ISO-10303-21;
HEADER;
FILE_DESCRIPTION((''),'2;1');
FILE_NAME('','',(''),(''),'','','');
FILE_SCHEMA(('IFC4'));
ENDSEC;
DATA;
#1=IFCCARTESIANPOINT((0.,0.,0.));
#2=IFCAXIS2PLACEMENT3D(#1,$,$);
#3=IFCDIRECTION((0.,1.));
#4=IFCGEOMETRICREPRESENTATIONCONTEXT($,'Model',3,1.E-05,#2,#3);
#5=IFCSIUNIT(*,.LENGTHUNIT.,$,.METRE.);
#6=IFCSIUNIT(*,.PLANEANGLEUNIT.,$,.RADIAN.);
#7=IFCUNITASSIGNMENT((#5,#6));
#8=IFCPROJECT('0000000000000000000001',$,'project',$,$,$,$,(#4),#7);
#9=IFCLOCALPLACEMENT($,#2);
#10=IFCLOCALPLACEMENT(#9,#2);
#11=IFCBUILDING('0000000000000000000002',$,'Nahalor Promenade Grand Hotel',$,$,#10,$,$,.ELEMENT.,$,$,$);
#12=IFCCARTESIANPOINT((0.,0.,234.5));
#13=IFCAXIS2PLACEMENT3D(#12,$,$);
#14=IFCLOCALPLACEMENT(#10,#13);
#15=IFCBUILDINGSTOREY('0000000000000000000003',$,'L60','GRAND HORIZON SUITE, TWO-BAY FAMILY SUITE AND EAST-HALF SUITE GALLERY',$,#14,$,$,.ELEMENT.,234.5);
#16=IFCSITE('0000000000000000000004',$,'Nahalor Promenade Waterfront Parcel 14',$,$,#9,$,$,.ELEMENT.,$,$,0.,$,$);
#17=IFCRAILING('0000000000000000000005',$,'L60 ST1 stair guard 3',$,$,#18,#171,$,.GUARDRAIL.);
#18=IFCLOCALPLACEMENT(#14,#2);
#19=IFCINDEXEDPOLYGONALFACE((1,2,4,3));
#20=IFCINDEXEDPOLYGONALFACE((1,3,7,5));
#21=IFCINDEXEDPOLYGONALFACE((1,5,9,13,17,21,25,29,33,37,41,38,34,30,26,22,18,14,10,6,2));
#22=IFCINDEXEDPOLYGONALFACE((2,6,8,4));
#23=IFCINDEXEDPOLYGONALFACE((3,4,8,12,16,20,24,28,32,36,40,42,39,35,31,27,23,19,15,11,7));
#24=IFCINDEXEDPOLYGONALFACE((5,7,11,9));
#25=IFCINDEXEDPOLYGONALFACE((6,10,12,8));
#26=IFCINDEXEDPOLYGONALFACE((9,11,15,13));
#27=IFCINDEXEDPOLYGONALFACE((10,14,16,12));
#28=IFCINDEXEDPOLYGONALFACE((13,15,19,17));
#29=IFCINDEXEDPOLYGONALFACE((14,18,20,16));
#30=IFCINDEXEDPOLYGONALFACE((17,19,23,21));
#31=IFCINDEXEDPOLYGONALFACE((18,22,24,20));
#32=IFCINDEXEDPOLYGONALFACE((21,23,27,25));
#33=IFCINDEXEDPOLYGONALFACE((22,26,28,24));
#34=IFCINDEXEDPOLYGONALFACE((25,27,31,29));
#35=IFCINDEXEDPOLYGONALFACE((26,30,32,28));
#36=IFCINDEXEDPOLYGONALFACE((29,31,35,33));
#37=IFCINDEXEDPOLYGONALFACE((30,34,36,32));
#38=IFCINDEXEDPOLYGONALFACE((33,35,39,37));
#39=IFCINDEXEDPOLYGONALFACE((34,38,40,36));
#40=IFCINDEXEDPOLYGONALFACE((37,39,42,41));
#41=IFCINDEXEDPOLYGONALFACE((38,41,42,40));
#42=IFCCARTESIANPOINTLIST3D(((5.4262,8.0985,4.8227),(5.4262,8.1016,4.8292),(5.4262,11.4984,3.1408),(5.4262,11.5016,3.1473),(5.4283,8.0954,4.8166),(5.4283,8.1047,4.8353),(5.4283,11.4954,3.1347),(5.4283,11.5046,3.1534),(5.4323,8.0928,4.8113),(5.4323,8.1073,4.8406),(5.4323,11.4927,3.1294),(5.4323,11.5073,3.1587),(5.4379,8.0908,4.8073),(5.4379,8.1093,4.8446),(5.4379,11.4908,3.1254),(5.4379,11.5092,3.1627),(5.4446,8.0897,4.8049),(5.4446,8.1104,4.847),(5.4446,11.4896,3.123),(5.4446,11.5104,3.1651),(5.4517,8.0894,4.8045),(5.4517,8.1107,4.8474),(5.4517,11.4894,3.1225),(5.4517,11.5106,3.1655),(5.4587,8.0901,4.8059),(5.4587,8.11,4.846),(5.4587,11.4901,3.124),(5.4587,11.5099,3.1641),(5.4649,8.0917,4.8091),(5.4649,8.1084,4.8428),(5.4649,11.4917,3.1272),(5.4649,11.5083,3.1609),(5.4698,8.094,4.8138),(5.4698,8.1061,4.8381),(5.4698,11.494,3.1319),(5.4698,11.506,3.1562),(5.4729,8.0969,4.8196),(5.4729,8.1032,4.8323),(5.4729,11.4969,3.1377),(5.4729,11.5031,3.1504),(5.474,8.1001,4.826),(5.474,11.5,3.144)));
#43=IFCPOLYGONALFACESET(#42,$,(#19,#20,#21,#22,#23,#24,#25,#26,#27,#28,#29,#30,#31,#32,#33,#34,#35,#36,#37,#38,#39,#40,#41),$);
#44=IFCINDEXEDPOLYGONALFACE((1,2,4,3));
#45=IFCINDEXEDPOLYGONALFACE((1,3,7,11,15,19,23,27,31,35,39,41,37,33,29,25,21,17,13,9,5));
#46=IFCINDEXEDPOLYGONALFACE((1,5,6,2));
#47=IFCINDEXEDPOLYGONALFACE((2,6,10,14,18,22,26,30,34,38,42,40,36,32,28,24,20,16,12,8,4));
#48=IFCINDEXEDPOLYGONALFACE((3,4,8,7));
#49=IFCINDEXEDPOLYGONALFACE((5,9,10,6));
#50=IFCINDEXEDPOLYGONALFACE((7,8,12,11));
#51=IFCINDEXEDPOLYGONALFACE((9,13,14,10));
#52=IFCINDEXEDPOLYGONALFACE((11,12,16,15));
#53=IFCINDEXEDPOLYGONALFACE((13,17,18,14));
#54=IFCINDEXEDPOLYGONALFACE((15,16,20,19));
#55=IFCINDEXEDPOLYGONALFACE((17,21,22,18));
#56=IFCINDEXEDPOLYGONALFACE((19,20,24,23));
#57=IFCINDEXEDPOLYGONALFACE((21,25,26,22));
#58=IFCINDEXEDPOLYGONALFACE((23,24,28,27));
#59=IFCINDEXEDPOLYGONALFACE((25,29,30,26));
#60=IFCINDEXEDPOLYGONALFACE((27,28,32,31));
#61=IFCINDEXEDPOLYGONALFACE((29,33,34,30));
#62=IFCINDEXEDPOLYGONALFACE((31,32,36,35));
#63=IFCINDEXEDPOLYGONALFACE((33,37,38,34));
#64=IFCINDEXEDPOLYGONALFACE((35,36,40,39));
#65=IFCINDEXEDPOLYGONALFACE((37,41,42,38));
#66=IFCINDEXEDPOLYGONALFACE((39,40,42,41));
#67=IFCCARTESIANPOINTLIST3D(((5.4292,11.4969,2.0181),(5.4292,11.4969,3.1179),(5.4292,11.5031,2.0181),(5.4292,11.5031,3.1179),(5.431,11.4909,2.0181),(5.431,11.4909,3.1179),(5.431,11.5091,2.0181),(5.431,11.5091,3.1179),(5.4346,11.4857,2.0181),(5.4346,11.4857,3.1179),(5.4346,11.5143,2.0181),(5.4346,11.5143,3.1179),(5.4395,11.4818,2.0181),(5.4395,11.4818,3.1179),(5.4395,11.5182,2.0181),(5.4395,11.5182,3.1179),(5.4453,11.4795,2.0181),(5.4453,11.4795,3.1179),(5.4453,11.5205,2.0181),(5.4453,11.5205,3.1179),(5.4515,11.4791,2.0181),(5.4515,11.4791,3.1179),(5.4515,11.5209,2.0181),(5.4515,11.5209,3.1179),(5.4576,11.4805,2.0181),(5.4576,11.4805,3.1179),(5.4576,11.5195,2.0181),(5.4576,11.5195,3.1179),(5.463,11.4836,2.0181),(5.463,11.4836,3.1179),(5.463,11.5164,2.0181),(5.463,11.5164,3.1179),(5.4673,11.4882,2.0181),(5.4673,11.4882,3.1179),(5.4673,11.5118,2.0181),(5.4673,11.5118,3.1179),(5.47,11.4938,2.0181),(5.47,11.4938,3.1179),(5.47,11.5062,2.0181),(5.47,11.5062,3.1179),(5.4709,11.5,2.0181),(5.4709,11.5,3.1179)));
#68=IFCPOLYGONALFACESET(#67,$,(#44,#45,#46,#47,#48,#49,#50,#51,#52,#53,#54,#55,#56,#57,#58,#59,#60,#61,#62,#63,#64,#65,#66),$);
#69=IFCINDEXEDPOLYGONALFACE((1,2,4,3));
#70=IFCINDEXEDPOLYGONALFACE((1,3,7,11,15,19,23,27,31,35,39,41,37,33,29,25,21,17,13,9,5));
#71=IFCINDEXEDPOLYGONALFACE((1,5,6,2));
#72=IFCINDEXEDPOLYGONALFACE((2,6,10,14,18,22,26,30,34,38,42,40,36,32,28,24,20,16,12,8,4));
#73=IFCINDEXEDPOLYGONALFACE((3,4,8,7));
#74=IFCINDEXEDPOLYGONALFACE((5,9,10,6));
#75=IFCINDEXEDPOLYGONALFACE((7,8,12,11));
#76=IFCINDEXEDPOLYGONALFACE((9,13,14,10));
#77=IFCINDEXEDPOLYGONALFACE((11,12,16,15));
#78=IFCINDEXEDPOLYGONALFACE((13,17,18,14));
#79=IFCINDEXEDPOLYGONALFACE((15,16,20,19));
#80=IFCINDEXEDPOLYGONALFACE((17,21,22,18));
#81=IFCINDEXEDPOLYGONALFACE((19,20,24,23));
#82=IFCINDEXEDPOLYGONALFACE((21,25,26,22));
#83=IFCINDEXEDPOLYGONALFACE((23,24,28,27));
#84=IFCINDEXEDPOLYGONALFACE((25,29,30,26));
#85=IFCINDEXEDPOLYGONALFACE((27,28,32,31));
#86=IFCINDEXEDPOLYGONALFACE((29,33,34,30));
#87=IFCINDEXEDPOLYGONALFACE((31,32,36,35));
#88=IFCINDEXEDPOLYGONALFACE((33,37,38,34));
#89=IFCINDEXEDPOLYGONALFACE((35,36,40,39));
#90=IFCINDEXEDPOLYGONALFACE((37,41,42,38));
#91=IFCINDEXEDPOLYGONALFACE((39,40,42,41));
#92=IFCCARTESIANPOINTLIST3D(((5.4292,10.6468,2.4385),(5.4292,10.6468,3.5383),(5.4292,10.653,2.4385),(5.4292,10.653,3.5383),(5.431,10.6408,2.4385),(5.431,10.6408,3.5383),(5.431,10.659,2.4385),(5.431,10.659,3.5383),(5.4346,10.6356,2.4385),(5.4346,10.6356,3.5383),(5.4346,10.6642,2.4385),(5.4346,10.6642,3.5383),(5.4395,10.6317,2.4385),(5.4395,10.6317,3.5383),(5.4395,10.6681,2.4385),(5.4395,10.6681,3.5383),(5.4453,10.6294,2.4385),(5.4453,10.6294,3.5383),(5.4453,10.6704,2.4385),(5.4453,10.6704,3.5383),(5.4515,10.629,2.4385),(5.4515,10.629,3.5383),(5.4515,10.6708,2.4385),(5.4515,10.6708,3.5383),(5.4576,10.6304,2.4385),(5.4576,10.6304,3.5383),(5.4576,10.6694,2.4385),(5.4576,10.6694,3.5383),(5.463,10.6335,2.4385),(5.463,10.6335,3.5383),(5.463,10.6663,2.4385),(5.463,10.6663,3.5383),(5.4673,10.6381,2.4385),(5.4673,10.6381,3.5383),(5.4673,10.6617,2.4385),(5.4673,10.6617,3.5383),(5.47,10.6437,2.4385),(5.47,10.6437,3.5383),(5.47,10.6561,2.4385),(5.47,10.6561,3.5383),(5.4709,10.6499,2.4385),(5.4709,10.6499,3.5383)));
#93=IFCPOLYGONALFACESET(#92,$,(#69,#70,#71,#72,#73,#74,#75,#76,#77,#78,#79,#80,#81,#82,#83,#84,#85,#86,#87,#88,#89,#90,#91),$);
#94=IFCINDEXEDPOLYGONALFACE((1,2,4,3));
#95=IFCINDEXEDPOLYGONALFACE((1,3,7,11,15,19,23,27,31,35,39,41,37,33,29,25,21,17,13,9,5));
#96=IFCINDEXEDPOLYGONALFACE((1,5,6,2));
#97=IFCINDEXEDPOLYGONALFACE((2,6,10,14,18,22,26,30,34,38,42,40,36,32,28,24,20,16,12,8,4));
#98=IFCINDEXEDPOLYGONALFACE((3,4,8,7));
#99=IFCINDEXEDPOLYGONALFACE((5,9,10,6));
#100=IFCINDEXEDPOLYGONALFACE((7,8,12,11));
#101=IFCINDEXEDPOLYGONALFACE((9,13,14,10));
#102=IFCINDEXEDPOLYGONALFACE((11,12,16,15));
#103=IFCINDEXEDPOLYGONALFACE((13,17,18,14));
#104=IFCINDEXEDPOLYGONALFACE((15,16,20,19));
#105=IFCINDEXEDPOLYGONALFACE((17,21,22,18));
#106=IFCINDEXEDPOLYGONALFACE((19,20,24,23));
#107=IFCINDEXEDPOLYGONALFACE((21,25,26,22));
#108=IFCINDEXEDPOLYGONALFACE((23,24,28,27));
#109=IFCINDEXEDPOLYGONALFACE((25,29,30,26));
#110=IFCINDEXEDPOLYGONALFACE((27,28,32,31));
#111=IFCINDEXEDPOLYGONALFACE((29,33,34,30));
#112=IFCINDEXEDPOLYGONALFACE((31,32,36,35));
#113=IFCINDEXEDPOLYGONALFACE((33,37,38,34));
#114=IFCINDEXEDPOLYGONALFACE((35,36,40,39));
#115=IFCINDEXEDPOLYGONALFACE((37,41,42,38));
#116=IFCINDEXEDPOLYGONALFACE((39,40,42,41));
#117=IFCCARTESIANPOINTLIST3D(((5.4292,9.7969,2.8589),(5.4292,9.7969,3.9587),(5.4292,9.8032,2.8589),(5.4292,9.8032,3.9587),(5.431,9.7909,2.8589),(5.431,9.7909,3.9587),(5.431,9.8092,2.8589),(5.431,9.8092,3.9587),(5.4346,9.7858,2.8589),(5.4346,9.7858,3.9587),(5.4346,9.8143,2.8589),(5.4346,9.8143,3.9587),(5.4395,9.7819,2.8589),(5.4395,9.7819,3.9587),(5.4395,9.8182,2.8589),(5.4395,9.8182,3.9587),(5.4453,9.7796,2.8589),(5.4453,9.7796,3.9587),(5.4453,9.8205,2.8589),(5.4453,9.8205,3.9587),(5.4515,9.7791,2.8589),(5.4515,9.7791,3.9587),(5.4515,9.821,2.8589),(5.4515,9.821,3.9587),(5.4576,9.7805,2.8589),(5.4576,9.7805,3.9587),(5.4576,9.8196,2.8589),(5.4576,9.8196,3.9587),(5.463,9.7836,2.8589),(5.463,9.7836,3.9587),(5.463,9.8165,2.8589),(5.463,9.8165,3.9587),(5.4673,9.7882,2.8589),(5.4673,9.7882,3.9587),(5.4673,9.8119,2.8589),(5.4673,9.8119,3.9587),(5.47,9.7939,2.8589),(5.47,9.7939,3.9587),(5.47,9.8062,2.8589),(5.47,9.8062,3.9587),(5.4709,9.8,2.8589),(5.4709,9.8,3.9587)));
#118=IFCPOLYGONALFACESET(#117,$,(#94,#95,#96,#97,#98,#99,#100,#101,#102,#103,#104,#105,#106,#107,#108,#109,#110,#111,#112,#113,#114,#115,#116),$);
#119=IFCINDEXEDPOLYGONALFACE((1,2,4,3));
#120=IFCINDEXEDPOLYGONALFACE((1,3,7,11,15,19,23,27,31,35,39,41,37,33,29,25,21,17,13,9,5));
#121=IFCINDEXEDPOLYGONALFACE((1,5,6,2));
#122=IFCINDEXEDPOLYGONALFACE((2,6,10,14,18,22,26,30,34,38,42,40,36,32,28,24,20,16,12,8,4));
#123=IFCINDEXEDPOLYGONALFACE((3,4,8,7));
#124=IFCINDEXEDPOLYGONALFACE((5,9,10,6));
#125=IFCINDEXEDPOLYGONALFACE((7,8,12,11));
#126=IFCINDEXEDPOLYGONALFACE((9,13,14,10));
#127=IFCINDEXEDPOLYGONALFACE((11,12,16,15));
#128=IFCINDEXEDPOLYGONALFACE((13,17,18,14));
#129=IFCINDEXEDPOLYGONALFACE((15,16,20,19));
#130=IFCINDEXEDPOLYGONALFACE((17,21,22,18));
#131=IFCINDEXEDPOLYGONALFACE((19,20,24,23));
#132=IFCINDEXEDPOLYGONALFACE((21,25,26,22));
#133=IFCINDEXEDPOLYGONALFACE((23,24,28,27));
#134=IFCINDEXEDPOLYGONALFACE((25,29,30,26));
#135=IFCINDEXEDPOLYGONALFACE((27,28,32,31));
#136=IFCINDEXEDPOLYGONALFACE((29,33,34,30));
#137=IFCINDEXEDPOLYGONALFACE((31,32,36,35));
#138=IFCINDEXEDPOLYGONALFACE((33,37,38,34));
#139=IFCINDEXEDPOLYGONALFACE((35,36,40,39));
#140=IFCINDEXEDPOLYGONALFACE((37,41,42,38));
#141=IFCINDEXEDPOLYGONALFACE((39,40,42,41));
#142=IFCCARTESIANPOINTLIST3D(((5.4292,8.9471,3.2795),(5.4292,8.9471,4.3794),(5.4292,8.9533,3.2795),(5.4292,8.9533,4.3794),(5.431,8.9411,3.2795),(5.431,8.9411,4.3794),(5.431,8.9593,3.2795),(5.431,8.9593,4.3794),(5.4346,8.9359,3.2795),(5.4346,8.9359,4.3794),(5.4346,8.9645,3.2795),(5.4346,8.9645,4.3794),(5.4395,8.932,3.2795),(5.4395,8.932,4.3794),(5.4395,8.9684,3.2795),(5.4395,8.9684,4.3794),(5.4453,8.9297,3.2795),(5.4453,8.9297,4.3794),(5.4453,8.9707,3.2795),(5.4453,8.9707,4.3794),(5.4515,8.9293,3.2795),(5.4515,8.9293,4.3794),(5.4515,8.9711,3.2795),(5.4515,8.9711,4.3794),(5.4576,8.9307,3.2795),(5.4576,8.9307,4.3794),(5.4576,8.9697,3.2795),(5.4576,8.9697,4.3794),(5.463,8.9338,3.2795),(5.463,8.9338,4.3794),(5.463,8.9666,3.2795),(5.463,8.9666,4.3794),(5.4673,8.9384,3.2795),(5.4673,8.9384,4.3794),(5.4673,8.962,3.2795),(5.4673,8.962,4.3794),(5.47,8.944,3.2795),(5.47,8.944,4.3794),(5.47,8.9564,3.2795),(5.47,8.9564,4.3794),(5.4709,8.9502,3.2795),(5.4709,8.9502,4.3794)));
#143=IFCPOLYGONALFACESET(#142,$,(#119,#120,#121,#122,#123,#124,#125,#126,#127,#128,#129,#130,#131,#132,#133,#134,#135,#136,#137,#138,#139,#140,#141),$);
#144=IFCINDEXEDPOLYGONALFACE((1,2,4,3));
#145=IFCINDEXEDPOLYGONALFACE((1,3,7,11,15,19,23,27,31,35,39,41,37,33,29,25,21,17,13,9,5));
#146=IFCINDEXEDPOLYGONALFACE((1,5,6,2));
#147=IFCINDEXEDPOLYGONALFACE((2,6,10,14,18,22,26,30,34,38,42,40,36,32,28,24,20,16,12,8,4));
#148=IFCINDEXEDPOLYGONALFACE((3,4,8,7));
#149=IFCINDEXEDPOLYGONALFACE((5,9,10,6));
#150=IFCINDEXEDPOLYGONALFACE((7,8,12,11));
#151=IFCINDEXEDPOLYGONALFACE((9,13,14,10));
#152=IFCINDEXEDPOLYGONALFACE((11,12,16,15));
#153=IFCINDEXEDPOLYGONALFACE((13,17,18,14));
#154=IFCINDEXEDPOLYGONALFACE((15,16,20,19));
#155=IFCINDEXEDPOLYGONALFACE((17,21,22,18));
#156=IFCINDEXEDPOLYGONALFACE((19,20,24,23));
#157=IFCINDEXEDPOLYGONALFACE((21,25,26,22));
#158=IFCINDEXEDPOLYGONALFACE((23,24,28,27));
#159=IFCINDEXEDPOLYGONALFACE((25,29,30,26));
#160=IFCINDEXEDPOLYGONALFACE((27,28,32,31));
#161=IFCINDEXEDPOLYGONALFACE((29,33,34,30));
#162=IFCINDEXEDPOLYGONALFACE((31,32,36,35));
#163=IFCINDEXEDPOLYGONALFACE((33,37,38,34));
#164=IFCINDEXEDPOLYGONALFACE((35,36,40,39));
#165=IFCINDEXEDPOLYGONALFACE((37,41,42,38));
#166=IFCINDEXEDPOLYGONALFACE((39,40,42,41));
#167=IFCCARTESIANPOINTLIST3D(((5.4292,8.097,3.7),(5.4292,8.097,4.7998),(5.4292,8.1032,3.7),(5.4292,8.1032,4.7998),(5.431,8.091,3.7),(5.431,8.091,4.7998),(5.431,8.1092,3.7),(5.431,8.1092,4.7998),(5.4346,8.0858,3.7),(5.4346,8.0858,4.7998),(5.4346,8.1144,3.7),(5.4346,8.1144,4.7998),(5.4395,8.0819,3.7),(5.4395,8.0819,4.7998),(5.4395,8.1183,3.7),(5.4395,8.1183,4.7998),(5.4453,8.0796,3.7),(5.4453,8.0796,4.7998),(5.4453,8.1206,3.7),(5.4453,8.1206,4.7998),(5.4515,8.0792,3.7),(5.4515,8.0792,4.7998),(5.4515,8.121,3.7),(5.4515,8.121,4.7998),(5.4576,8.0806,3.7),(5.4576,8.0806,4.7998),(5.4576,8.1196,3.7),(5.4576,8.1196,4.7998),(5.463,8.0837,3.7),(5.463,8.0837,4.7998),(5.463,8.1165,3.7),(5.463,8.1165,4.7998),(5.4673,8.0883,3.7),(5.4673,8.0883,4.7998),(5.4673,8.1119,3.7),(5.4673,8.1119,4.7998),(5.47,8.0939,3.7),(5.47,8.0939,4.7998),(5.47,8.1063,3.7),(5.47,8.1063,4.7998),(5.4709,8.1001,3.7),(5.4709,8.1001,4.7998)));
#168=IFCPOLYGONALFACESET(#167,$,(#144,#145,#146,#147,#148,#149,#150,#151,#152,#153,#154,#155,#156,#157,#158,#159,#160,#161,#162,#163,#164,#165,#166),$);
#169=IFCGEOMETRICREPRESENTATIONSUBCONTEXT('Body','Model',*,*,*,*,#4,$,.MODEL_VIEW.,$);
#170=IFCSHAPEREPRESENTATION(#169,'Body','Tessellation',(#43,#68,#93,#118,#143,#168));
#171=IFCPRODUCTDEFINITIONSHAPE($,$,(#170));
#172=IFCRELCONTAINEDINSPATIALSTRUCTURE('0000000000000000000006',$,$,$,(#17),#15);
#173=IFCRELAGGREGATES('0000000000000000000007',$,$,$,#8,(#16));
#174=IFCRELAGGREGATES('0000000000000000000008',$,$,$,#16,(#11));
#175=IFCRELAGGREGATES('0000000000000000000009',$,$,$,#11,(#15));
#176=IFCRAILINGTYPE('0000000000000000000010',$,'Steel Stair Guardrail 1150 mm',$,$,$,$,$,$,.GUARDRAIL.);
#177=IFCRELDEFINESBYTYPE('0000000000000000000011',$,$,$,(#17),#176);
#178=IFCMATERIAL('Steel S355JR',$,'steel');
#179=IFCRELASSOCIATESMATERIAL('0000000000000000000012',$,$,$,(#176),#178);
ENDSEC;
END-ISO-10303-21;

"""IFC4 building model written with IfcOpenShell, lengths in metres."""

from ifc_helpers import new_model, si_unit, direction, frame, origin, origin_2d, place, context, subcontext, project, spatial, circle, extrude, material, type_object, element, save


model = new_model("IFC4")

# Units and contexts
model_context = context("Model", 3, precision=1e-05, world=origin(), true_north=direction((0.0, 1.0)))
body_context = subcontext(model_context, "Body", "Model", "MODEL_VIEW")
ifc_project = project(units=[si_unit("LENGTHUNIT", "METRE"), si_unit("PLANEANGLEUNIT", "RADIAN")], contexts=[model_context])

# Site, building, storey
site_placement = place(None, origin())
site = spatial("IfcSite", under=ifc_project, at=site_placement, Name="Nahalor Promenade Waterfront Parcel 14", CompositionType="ELEMENT", RefElevation=0.0)
building_placement = place(site_placement, origin())
building = spatial("IfcBuilding", under=site, at=building_placement, Name="Nahalor Promenade Grand Hotel", CompositionType="ELEMENT")
storey_placement = place(building_placement, frame((0.0, 0.0, 234.5)))
storey = spatial("IfcBuildingStorey", under=building, at=storey_placement, Name="L60", Description="GRAND HORIZON SUITE, TWO-BAY FAMILY SUITE AND EAST-HALF SUITE GALLERY", CompositionType="ELEMENT", Elevation=234.5)

# Shared definitions
ifc_material_1 = material(Name="Steel S355JR", Category="steel")

# Railing
railing_type = type_object("IfcRailingType", Name="Steel Stair Guardrail 1150 mm", PredefinedType="GUARDRAIL", material=ifc_material_1)
railing_1_placement = place(storey_placement, frame((5.45, 11.5, 2.0181)))
element("IfcRailing", 1, at=railing_1_placement, inside=storey, type_object=railing_type, Name="L60 ST1 stair guard 3", PredefinedType="GUARDRAIL", context=body_context, shape_type="SweptSolid", body=[
    extrude(circle(Radius=0.024, at=origin_2d()), frame((0.0, 0.0, 1.126), z_axis=(0.0, -0.896324, 0.443399), x_axis=(1.0, 0.0, 0.0)), (0.0, 0.0, 1.0), 3.7932),
    extrude(circle(Radius=0.021, at=origin_2d()), origin(), (0.0, 0.0, 1.0), 1.0999),
    extrude(circle(Radius=0.021, at=origin_2d()), frame((0.0, -0.8501, 0.4204)), (0.0, 0.0, 1.0), 1.0999),
    extrude(circle(Radius=0.021, at=origin_2d()), frame((0.0, -1.7, 0.8408)), (0.0, 0.0, 1.0), 1.0999),
    extrude(circle(Radius=0.021, at=origin_2d()), frame((0.0, -2.5498, 1.2615)), (0.0, 0.0, 1.0), 1.0999),
    extrude(circle(Radius=0.021, at=origin_2d()), frame((0.0, -3.3999, 1.6819)), (0.0, 0.0, 1.0), 1.0999),
])

save(model, "model.ifc")
